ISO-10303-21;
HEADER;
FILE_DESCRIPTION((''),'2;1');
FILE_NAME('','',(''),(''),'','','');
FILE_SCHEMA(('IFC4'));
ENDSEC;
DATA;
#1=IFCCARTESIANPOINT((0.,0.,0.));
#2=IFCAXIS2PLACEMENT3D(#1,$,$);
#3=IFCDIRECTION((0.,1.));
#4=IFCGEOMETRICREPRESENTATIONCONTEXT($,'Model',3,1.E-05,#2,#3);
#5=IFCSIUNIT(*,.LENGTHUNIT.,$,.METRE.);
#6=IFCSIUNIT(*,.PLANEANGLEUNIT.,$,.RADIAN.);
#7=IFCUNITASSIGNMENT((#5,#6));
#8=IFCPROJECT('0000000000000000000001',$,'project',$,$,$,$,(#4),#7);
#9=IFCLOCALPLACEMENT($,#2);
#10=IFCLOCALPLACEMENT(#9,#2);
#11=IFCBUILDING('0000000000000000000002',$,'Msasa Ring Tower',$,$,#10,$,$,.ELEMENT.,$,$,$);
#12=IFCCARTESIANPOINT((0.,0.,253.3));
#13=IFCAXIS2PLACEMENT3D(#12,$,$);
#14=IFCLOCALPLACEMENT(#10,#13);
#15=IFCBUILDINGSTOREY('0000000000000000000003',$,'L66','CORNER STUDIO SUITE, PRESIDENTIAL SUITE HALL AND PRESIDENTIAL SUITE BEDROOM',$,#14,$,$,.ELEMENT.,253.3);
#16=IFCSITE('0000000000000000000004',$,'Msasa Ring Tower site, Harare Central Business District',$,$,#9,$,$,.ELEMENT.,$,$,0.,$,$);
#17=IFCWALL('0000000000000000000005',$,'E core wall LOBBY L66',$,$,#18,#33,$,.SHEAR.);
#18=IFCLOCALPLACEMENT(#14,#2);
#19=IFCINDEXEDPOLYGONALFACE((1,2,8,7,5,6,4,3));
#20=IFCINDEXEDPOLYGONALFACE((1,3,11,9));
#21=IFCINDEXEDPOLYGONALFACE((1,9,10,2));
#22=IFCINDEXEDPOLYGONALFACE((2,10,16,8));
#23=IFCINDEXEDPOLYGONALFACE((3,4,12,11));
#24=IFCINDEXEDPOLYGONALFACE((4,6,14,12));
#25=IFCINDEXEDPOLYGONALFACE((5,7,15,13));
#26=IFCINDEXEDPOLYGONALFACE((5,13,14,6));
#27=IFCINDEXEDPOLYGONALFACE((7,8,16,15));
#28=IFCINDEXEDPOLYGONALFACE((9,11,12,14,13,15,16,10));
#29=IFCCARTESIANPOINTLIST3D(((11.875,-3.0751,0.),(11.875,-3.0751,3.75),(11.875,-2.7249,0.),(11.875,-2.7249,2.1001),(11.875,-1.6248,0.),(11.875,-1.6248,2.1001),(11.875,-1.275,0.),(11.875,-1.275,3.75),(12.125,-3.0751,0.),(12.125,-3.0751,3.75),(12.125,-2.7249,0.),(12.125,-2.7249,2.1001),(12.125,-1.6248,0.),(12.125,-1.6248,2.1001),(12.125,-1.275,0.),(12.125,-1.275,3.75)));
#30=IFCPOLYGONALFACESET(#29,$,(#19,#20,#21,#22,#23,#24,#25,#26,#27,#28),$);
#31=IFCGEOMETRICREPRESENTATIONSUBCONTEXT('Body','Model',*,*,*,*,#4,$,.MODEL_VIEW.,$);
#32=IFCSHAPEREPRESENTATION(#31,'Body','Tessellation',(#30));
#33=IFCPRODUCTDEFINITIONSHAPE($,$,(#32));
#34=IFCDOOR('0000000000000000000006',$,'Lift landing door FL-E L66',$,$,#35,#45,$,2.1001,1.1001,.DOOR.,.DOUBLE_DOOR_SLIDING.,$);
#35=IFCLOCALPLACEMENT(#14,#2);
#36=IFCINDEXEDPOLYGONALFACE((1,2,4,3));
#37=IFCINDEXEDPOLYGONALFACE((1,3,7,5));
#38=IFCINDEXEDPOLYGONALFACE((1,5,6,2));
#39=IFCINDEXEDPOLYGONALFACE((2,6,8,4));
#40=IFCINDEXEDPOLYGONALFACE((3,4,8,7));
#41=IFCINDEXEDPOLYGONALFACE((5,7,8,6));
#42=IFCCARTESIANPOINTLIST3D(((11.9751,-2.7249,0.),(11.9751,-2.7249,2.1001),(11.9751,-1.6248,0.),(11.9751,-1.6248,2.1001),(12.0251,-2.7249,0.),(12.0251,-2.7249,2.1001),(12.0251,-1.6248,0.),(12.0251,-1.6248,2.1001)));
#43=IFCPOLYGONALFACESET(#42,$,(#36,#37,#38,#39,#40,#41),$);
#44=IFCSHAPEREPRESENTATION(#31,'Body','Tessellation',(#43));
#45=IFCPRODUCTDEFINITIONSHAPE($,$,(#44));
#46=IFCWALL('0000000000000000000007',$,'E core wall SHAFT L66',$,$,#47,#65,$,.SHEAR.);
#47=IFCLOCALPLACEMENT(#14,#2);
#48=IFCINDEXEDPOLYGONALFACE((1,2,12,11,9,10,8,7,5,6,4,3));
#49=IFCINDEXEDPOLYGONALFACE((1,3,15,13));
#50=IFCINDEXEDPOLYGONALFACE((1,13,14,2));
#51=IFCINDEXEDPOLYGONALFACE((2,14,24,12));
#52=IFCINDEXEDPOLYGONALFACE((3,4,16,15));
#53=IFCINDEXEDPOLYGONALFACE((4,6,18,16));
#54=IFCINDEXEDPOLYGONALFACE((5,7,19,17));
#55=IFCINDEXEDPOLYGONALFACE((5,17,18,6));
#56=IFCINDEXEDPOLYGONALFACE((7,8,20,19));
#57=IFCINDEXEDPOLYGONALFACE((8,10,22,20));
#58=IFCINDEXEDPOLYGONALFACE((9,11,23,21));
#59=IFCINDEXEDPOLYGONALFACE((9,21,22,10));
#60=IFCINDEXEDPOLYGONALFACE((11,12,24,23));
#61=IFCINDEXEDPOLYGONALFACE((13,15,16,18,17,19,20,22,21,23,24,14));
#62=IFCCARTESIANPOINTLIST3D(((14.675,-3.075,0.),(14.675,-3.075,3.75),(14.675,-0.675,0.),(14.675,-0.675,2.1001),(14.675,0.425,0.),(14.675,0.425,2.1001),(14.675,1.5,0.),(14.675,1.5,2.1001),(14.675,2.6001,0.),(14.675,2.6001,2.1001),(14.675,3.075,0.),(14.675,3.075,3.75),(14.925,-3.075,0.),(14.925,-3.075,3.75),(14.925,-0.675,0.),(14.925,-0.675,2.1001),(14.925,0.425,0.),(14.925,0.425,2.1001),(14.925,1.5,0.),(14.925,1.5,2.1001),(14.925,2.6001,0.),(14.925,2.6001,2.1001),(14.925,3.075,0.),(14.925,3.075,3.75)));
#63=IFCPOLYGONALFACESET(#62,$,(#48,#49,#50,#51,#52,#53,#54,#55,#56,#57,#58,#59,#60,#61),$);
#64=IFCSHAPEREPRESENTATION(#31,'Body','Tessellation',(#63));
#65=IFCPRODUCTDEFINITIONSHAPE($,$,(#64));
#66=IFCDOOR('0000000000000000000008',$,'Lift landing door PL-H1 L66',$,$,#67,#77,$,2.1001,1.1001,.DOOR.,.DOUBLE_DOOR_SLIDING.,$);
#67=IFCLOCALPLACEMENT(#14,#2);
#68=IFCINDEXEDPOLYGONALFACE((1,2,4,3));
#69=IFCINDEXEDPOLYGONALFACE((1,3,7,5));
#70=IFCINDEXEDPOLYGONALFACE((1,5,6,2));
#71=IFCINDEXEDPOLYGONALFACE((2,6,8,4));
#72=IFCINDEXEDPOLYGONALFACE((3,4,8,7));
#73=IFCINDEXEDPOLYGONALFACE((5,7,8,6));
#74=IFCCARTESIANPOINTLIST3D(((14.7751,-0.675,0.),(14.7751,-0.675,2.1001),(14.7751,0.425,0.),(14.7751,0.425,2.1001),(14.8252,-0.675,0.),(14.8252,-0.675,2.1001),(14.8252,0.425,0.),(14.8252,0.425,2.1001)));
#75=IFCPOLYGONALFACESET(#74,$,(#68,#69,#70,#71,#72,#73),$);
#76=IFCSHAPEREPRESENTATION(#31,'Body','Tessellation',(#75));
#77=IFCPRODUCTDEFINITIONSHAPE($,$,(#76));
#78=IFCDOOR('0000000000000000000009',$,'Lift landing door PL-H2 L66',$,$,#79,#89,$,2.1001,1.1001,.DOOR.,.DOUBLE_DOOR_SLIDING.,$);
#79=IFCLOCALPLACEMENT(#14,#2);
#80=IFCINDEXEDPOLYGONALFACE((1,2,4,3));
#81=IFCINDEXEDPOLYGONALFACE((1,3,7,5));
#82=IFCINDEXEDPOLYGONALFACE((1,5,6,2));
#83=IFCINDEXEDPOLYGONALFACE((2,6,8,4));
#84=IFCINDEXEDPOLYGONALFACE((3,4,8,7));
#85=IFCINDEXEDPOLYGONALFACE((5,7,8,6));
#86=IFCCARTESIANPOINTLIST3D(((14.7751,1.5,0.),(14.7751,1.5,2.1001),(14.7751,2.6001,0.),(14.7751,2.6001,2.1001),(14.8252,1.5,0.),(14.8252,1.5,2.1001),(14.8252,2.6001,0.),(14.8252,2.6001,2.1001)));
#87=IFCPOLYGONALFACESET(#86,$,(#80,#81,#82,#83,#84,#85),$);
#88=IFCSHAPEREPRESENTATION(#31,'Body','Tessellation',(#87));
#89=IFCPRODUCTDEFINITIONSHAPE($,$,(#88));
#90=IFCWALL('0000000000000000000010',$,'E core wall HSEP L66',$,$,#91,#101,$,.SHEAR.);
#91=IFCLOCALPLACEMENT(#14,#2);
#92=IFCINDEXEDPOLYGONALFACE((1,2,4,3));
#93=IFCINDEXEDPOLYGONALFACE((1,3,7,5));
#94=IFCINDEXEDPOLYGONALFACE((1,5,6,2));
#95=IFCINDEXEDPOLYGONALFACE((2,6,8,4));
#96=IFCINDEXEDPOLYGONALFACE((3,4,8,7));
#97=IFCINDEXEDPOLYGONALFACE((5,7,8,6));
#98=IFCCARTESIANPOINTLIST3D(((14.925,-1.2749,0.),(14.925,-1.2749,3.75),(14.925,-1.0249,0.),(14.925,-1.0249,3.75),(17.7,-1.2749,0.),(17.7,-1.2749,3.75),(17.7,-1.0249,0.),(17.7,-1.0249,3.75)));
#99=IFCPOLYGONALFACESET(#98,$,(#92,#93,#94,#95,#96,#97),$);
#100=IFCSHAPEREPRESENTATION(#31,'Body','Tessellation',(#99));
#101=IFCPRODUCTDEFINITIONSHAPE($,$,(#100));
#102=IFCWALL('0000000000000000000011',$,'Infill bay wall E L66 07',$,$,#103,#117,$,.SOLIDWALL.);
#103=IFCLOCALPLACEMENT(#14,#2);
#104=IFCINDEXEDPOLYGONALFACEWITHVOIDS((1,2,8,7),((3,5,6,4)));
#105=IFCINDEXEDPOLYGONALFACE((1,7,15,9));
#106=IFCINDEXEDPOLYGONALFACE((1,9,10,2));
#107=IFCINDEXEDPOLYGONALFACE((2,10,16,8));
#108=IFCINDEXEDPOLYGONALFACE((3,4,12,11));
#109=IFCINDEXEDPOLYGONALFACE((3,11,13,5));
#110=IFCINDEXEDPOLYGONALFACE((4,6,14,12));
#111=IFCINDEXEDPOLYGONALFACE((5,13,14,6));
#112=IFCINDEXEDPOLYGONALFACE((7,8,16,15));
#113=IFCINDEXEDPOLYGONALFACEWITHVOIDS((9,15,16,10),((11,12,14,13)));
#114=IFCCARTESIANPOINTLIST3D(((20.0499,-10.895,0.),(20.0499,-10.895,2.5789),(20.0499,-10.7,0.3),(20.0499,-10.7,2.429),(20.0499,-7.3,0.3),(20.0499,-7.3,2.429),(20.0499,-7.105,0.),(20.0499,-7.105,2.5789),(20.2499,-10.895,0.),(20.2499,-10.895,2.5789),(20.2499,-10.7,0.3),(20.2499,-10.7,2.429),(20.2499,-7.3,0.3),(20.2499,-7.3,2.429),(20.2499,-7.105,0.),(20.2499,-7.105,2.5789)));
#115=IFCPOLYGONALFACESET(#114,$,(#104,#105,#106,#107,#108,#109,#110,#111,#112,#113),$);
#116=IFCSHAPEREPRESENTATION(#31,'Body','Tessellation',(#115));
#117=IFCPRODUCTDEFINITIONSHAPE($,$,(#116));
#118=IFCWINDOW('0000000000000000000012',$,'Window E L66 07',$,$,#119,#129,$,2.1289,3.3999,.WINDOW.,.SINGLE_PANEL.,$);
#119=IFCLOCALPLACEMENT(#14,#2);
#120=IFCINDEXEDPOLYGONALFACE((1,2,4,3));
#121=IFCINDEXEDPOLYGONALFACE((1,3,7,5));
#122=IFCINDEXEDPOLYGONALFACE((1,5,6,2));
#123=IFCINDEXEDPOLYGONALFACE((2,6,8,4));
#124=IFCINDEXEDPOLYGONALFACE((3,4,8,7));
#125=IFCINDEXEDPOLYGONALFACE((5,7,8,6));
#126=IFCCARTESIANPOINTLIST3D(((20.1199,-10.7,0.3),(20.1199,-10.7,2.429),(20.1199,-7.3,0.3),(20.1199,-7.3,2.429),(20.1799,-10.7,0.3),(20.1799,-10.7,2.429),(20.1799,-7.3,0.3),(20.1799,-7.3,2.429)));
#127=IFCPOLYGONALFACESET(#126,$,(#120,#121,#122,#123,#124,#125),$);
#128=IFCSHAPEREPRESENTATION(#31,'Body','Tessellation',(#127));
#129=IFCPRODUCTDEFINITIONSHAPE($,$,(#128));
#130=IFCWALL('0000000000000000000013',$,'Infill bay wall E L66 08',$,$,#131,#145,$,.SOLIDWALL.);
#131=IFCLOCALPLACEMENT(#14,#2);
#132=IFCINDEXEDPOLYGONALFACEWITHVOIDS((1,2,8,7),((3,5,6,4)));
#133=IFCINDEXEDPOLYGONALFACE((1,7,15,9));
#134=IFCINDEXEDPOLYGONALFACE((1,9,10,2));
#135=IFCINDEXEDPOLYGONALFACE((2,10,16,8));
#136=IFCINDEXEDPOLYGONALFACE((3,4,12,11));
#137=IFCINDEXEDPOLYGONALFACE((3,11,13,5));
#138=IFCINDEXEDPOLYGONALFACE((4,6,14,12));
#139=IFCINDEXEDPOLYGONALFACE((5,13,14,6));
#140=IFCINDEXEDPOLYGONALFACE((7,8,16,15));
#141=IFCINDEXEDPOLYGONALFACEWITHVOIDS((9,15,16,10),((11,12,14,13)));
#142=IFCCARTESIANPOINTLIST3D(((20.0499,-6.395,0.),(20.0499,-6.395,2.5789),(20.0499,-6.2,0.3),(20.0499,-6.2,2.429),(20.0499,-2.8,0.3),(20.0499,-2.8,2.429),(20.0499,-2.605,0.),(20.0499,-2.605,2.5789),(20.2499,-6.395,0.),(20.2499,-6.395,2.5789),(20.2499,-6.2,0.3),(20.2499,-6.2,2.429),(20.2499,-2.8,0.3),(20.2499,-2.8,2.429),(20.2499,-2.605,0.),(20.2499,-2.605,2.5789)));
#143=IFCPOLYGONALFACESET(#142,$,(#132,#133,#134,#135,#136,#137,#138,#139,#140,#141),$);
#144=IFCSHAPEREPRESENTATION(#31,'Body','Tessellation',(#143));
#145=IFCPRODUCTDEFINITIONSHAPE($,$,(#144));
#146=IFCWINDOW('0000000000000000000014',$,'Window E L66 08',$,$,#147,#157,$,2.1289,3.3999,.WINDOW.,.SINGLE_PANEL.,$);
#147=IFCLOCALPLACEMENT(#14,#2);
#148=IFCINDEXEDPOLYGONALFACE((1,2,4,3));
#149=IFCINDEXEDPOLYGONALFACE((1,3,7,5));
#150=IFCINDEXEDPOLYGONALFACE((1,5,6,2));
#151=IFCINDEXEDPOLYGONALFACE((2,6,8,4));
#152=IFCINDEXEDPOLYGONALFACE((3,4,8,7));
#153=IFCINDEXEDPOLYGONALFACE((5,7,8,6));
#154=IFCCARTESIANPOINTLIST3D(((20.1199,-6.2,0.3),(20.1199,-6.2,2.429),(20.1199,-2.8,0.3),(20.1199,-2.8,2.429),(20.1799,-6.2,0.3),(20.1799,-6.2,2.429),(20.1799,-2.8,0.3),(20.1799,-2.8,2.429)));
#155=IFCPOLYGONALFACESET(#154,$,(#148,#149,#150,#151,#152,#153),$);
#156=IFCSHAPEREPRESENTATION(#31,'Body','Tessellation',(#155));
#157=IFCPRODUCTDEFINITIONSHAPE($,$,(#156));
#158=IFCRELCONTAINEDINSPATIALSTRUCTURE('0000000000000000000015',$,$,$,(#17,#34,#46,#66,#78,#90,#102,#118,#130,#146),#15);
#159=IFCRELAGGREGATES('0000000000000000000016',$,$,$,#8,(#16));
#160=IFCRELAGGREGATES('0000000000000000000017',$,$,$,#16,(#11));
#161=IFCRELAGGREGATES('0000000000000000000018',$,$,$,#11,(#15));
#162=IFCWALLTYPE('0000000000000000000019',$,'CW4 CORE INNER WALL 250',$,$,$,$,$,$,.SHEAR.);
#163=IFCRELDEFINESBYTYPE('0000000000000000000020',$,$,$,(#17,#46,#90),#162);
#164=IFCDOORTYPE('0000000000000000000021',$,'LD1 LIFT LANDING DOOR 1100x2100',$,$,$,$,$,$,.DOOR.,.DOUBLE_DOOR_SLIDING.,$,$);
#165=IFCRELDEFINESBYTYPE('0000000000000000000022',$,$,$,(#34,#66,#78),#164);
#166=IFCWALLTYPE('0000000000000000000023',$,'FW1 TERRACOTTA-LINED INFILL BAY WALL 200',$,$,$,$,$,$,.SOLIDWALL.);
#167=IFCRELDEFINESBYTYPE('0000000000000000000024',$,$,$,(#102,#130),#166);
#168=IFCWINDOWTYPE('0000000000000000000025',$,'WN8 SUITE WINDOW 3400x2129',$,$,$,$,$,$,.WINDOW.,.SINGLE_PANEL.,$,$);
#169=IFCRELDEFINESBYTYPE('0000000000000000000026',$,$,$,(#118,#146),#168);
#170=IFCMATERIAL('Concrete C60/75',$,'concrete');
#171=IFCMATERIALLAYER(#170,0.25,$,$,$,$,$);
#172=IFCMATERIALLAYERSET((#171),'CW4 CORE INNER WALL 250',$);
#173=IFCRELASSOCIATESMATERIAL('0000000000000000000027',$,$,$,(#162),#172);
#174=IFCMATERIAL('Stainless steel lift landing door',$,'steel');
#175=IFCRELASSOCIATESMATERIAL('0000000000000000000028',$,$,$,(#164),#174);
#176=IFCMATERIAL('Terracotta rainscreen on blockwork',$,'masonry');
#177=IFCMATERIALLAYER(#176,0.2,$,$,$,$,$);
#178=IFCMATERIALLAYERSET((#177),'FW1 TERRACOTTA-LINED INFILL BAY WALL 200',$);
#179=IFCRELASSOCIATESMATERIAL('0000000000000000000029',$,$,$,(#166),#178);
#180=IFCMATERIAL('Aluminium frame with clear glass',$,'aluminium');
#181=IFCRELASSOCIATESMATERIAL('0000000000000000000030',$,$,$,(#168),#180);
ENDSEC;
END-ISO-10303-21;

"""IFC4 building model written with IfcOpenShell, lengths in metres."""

from ifc_helpers import new_model, si_unit, direction, frame, frame_2d, origin, place, context, subcontext, project, spatial, rectangle, extrude, material, layer, layer_set, type_object, element, fill, save


model = new_model("IFC4")

# Units and contexts
model_context = context("Model", 3, precision=1e-05, world=origin(), true_north=direction((0.0, 1.0)))
body_context = subcontext(model_context, "Body", "Model", "MODEL_VIEW")
ifc_project = project(units=[si_unit("LENGTHUNIT", "METRE"), si_unit("PLANEANGLEUNIT", "RADIAN")], contexts=[model_context])

# Site, building, storey
site_placement = place(None, origin())
site = spatial("IfcSite", under=ifc_project, at=site_placement, Name="Msasa Ring Tower site, Harare Central Business District", CompositionType="ELEMENT", RefElevation=0.0)
building_placement = place(site_placement, origin())
building = spatial("IfcBuilding", under=site, at=building_placement, Name="Msasa Ring Tower", CompositionType="ELEMENT")
storey_placement = place(building_placement, frame((0.0, 0.0, 253.3)))
storey = spatial("IfcBuildingStorey", under=building, at=storey_placement, Name="L66", Description="CORNER STUDIO SUITE, PRESIDENTIAL SUITE HALL AND PRESIDENTIAL SUITE BEDROOM", CompositionType="ELEMENT", Elevation=253.3)

# Shared definitions
ifc_material_1 = material(Name="Concrete C60/75", Category="concrete")
ifc_layer_1 = layer(ifc_material_1, 0.25)
ifc_layer_set_1 = layer_set([ifc_layer_1], Name="CW4 CORE INNER WALL 250")
wall_type_1 = type_object("IfcWallType", Name="CW4 CORE INNER WALL 250", PredefinedType="SHEAR", material=ifc_layer_set_1)

# Wall, opening, door
wall_1_placement = place(storey_placement, frame((12.0, -3.075, 0.0), z_axis=(0.0, 0.0, 1.0), x_axis=(0.0, 1.0, 0.0)))
wall_1 = element("IfcWall", 1, at=wall_1_placement, inside=storey, type_object=wall_type_1, Name="E core wall LOBBY L66", PredefinedType="SHEAR", context=body_context, shape_type="SweptSolid", body=[
    extrude(rectangle(XDim=1.8, YDim=0.25, at=frame_2d((0.8999, 0.0))), origin(), (0.0, 0.0, 1.0), 3.75),
])
opening_1_placement = place(wall_1_placement, frame((0.3501, 0.0, 0.0)))
opening_1 = element("IfcOpeningElement", 2, at=opening_1_placement, cuts=wall_1, PredefinedType="OPENING", context=body_context, shape_type="SweptSolid", body=[
    extrude(rectangle(XDim=1.1001, YDim=2.1001, at=frame_2d((0.55, 1.05))), frame((0.0, 0.135, 0.0), z_axis=(0.0, -1.0, 0.0), x_axis=(1.0, 0.0, 0.0)), (0.0, 0.0, 1.0), 0.27),
])
ifc_material_2 = material(Name="Stainless steel lift landing door", Category="steel")
door_type_1 = type_object("IfcDoorType", Name="LD1 LIFT LANDING DOOR 1100x2100", OperationType="DOUBLE_DOOR_SLIDING", PredefinedType="DOOR", material=ifc_material_2)
door_1_placement = place(opening_1_placement, origin())
door_1 = element("IfcDoor", 3, at=door_1_placement, inside=storey, type_object=door_type_1, Name="Lift landing door FL-E L66", OperationType="DOUBLE_DOOR_SLIDING", OverallHeight=2.1001, OverallWidth=1.1001, PredefinedType="DOOR", context=body_context, shape_type="SweptSolid", body=[
    extrude(rectangle(XDim=1.1001, YDim=2.1001, at=frame_2d((0.55, 1.05))), frame((0.0, 0.0249, 0.0), z_axis=(0.0, -1.0, 0.0), x_axis=(1.0, 0.0, 0.0)), (0.0, 0.0, 1.0), 0.05),
])
fill(opening_1, door_1)

# Wall, openings, doors
wall_2_placement = place(storey_placement, frame((14.8, -3.075, 0.0), z_axis=(0.0, 0.0, 1.0), x_axis=(0.0, 1.0, 0.0)))
wall_2 = element("IfcWall", 4, at=wall_2_placement, inside=storey, type_object=wall_type_1, Name="E core wall SHAFT L66", PredefinedType="SHEAR", context=body_context, shape_type="SweptSolid", body=[
    extrude(rectangle(XDim=6.1499, YDim=0.25, at=frame_2d((3.075, 0.0))), origin(), (0.0, 0.0, 1.0), 3.75),
])
opening_2_placement = place(wall_2_placement, frame((2.3999, 0.0, 0.0)))
opening_2 = element("IfcOpeningElement", 5, at=opening_2_placement, cuts=wall_2, PredefinedType="OPENING", context=body_context, shape_type="SweptSolid", body=[
    extrude(rectangle(XDim=1.1001, YDim=2.1001, at=frame_2d((0.55, 1.05))), frame((0.0, 0.135, 0.0), z_axis=(0.0, -1.0, 0.0), x_axis=(1.0, 0.0, 0.0)), (0.0, 0.0, 1.0), 0.27),
])
opening_3_placement = place(wall_2_placement, frame((4.575, 0.0, 0.0)))
opening_3 = element("IfcOpeningElement", 6, at=opening_3_placement, cuts=wall_2, PredefinedType="OPENING", context=body_context, shape_type="SweptSolid", body=[
    extrude(rectangle(XDim=1.1001, YDim=2.1001, at=frame_2d((0.55, 1.05))), frame((0.0, 0.135, 0.0), z_axis=(0.0, -1.0, 0.0), x_axis=(1.0, 0.0, 0.0)), (0.0, 0.0, 1.0), 0.27),
])
door_2_placement = place(opening_2_placement, origin())
door_2 = element("IfcDoor", 7, at=door_2_placement, inside=storey, type_object=door_type_1, Name="Lift landing door PL-H1 L66", OperationType="DOUBLE_DOOR_SLIDING", OverallHeight=2.1001, OverallWidth=1.1001, PredefinedType="DOOR", context=body_context, shape_type="SweptSolid", body=[
    extrude(rectangle(XDim=1.1001, YDim=2.1001, at=frame_2d((0.55, 1.05))), frame((0.0, 0.0249, 0.0), z_axis=(0.0, -1.0, 0.0), x_axis=(1.0, 0.0, 0.0)), (0.0, 0.0, 1.0), 0.05),
])
fill(opening_2, door_2)
door_3_placement = place(opening_3_placement, origin())
door_3 = element("IfcDoor", 8, at=door_3_placement, inside=storey, type_object=door_type_1, Name="Lift landing door PL-H2 L66", OperationType="DOUBLE_DOOR_SLIDING", OverallHeight=2.1001, OverallWidth=1.1001, PredefinedType="DOOR", context=body_context, shape_type="SweptSolid", body=[
    extrude(rectangle(XDim=1.1001, YDim=2.1001, at=frame_2d((0.55, 1.05))), frame((0.0, 0.0249, 0.0), z_axis=(0.0, -1.0, 0.0), x_axis=(1.0, 0.0, 0.0)), (0.0, 0.0, 1.0), 0.05),
])
fill(opening_3, door_3)

# Wall
wall_3_placement = place(storey_placement, frame((14.925, -1.1499, 0.0), z_axis=(0.0, 0.0, 1.0), x_axis=(1.0, 0.0, 0.0)))
element("IfcWall", 9, at=wall_3_placement, inside=storey, type_object=wall_type_1, Name="E core wall HSEP L66", PredefinedType="SHEAR", context=body_context, shape_type="SweptSolid", body=[
    extrude(rectangle(XDim=2.7749, YDim=0.25, at=frame_2d((1.3875, 0.0))), origin(), (0.0, 0.0, 1.0), 3.75),
])

# Walls, openings, windows
ifc_material_3 = material(Name="Terracotta rainscreen on blockwork", Category="masonry")
ifc_layer_2 = layer(ifc_material_3, 0.2)
ifc_layer_set_2 = layer_set([ifc_layer_2], Name="FW1 TERRACOTTA-LINED INFILL BAY WALL 200")
wall_type_2 = type_object("IfcWallType", Name="FW1 TERRACOTTA-LINED INFILL BAY WALL 200", PredefinedType="SOLIDWALL", material=ifc_layer_set_2)
wall_4_placement = place(storey_placement, frame((20.1499, -10.895, 0.0), z_axis=(0.0, 0.0, 1.0), x_axis=(0.0, 1.0, 0.0)))
wall_4 = element("IfcWall", 10, at=wall_4_placement, inside=storey, type_object=wall_type_2, Name="Infill bay wall E L66 07", PredefinedType="SOLIDWALL", context=body_context, shape_type="SweptSolid", body=[
    extrude(rectangle(XDim=3.79, YDim=0.2, at=frame_2d((1.895, 0.0))), origin(), (0.0, 0.0, 1.0), 2.5789),
])
opening_4_placement = place(wall_4_placement, frame((0.1951, 0.0, 0.3)))
opening_4 = element("IfcOpeningElement", 11, at=opening_4_placement, cuts=wall_4, PredefinedType="OPENING", context=body_context, shape_type="SweptSolid", body=[
    extrude(rectangle(XDim=3.3999, YDim=2.1289, at=frame_2d((1.7, 1.0645))), frame((0.0, 0.1099, 0.0), z_axis=(0.0, -1.0, 0.0), x_axis=(1.0, 0.0, 0.0)), (0.0, 0.0, 1.0), 0.22),
])
ifc_material_4 = material(Name="Aluminium frame with clear glass", Category="aluminium")
window_type = type_object("IfcWindowType", Name="WN8 SUITE WINDOW 3400x2129", PartitioningType="SINGLE_PANEL", PredefinedType="WINDOW", material=ifc_material_4)
window_1_placement = place(opening_4_placement, origin())
window_1 = element("IfcWindow", 12, at=window_1_placement, inside=storey, type_object=window_type, Name="Window E L66 07", OverallHeight=2.1289, OverallWidth=3.3999, PartitioningType="SINGLE_PANEL", PredefinedType="WINDOW", context=body_context, shape_type="SweptSolid", body=[
    extrude(rectangle(XDim=3.3999, YDim=2.1289, at=frame_2d((1.7, 1.0645))), frame((0.0, 0.03, 0.0), z_axis=(0.0, -1.0, 0.0), x_axis=(1.0, 0.0, 0.0)), (0.0, 0.0, 1.0), 0.0601),
])
fill(opening_4, window_1)
wall_5_placement = place(storey_placement, frame((20.1499, -6.395, 0.0), z_axis=(0.0, 0.0, 1.0), x_axis=(0.0, 1.0, 0.0)))
wall_5 = element("IfcWall", 13, at=wall_5_placement, inside=storey, type_object=wall_type_2, Name="Infill bay wall E L66 08", PredefinedType="SOLIDWALL", context=body_context, shape_type="SweptSolid", body=[
    extrude(rectangle(XDim=3.79, YDim=0.2, at=frame_2d((1.895, 0.0))), origin(), (0.0, 0.0, 1.0), 2.5789),
])
opening_5_placement = place(wall_5_placement, frame((0.1951, 0.0, 0.3)))
opening_5 = element("IfcOpeningElement", 14, at=opening_5_placement, cuts=wall_5, PredefinedType="OPENING", context=body_context, shape_type="SweptSolid", body=[
    extrude(rectangle(XDim=3.3999, YDim=2.1289, at=frame_2d((1.7, 1.0645))), frame((0.0, 0.1099, 0.0), z_axis=(0.0, -1.0, 0.0), x_axis=(1.0, 0.0, 0.0)), (0.0, 0.0, 1.0), 0.22),
])
window_2_placement = place(opening_5_placement, origin())
window_2 = element("IfcWindow", 15, at=window_2_placement, inside=storey, type_object=window_type, Name="Window E L66 08", OverallHeight=2.1289, OverallWidth=3.3999, PartitioningType="SINGLE_PANEL", PredefinedType="WINDOW", context=body_context, shape_type="SweptSolid", body=[
    extrude(rectangle(XDim=3.3999, YDim=2.1289, at=frame_2d((1.7, 1.0645))), frame((0.0, 0.03, 0.0), z_axis=(0.0, -1.0, 0.0), x_axis=(1.0, 0.0, 0.0)), (0.0, 0.0, 1.0), 0.0601),
])
fill(opening_5, window_2)

save(model, "model.ifc")
